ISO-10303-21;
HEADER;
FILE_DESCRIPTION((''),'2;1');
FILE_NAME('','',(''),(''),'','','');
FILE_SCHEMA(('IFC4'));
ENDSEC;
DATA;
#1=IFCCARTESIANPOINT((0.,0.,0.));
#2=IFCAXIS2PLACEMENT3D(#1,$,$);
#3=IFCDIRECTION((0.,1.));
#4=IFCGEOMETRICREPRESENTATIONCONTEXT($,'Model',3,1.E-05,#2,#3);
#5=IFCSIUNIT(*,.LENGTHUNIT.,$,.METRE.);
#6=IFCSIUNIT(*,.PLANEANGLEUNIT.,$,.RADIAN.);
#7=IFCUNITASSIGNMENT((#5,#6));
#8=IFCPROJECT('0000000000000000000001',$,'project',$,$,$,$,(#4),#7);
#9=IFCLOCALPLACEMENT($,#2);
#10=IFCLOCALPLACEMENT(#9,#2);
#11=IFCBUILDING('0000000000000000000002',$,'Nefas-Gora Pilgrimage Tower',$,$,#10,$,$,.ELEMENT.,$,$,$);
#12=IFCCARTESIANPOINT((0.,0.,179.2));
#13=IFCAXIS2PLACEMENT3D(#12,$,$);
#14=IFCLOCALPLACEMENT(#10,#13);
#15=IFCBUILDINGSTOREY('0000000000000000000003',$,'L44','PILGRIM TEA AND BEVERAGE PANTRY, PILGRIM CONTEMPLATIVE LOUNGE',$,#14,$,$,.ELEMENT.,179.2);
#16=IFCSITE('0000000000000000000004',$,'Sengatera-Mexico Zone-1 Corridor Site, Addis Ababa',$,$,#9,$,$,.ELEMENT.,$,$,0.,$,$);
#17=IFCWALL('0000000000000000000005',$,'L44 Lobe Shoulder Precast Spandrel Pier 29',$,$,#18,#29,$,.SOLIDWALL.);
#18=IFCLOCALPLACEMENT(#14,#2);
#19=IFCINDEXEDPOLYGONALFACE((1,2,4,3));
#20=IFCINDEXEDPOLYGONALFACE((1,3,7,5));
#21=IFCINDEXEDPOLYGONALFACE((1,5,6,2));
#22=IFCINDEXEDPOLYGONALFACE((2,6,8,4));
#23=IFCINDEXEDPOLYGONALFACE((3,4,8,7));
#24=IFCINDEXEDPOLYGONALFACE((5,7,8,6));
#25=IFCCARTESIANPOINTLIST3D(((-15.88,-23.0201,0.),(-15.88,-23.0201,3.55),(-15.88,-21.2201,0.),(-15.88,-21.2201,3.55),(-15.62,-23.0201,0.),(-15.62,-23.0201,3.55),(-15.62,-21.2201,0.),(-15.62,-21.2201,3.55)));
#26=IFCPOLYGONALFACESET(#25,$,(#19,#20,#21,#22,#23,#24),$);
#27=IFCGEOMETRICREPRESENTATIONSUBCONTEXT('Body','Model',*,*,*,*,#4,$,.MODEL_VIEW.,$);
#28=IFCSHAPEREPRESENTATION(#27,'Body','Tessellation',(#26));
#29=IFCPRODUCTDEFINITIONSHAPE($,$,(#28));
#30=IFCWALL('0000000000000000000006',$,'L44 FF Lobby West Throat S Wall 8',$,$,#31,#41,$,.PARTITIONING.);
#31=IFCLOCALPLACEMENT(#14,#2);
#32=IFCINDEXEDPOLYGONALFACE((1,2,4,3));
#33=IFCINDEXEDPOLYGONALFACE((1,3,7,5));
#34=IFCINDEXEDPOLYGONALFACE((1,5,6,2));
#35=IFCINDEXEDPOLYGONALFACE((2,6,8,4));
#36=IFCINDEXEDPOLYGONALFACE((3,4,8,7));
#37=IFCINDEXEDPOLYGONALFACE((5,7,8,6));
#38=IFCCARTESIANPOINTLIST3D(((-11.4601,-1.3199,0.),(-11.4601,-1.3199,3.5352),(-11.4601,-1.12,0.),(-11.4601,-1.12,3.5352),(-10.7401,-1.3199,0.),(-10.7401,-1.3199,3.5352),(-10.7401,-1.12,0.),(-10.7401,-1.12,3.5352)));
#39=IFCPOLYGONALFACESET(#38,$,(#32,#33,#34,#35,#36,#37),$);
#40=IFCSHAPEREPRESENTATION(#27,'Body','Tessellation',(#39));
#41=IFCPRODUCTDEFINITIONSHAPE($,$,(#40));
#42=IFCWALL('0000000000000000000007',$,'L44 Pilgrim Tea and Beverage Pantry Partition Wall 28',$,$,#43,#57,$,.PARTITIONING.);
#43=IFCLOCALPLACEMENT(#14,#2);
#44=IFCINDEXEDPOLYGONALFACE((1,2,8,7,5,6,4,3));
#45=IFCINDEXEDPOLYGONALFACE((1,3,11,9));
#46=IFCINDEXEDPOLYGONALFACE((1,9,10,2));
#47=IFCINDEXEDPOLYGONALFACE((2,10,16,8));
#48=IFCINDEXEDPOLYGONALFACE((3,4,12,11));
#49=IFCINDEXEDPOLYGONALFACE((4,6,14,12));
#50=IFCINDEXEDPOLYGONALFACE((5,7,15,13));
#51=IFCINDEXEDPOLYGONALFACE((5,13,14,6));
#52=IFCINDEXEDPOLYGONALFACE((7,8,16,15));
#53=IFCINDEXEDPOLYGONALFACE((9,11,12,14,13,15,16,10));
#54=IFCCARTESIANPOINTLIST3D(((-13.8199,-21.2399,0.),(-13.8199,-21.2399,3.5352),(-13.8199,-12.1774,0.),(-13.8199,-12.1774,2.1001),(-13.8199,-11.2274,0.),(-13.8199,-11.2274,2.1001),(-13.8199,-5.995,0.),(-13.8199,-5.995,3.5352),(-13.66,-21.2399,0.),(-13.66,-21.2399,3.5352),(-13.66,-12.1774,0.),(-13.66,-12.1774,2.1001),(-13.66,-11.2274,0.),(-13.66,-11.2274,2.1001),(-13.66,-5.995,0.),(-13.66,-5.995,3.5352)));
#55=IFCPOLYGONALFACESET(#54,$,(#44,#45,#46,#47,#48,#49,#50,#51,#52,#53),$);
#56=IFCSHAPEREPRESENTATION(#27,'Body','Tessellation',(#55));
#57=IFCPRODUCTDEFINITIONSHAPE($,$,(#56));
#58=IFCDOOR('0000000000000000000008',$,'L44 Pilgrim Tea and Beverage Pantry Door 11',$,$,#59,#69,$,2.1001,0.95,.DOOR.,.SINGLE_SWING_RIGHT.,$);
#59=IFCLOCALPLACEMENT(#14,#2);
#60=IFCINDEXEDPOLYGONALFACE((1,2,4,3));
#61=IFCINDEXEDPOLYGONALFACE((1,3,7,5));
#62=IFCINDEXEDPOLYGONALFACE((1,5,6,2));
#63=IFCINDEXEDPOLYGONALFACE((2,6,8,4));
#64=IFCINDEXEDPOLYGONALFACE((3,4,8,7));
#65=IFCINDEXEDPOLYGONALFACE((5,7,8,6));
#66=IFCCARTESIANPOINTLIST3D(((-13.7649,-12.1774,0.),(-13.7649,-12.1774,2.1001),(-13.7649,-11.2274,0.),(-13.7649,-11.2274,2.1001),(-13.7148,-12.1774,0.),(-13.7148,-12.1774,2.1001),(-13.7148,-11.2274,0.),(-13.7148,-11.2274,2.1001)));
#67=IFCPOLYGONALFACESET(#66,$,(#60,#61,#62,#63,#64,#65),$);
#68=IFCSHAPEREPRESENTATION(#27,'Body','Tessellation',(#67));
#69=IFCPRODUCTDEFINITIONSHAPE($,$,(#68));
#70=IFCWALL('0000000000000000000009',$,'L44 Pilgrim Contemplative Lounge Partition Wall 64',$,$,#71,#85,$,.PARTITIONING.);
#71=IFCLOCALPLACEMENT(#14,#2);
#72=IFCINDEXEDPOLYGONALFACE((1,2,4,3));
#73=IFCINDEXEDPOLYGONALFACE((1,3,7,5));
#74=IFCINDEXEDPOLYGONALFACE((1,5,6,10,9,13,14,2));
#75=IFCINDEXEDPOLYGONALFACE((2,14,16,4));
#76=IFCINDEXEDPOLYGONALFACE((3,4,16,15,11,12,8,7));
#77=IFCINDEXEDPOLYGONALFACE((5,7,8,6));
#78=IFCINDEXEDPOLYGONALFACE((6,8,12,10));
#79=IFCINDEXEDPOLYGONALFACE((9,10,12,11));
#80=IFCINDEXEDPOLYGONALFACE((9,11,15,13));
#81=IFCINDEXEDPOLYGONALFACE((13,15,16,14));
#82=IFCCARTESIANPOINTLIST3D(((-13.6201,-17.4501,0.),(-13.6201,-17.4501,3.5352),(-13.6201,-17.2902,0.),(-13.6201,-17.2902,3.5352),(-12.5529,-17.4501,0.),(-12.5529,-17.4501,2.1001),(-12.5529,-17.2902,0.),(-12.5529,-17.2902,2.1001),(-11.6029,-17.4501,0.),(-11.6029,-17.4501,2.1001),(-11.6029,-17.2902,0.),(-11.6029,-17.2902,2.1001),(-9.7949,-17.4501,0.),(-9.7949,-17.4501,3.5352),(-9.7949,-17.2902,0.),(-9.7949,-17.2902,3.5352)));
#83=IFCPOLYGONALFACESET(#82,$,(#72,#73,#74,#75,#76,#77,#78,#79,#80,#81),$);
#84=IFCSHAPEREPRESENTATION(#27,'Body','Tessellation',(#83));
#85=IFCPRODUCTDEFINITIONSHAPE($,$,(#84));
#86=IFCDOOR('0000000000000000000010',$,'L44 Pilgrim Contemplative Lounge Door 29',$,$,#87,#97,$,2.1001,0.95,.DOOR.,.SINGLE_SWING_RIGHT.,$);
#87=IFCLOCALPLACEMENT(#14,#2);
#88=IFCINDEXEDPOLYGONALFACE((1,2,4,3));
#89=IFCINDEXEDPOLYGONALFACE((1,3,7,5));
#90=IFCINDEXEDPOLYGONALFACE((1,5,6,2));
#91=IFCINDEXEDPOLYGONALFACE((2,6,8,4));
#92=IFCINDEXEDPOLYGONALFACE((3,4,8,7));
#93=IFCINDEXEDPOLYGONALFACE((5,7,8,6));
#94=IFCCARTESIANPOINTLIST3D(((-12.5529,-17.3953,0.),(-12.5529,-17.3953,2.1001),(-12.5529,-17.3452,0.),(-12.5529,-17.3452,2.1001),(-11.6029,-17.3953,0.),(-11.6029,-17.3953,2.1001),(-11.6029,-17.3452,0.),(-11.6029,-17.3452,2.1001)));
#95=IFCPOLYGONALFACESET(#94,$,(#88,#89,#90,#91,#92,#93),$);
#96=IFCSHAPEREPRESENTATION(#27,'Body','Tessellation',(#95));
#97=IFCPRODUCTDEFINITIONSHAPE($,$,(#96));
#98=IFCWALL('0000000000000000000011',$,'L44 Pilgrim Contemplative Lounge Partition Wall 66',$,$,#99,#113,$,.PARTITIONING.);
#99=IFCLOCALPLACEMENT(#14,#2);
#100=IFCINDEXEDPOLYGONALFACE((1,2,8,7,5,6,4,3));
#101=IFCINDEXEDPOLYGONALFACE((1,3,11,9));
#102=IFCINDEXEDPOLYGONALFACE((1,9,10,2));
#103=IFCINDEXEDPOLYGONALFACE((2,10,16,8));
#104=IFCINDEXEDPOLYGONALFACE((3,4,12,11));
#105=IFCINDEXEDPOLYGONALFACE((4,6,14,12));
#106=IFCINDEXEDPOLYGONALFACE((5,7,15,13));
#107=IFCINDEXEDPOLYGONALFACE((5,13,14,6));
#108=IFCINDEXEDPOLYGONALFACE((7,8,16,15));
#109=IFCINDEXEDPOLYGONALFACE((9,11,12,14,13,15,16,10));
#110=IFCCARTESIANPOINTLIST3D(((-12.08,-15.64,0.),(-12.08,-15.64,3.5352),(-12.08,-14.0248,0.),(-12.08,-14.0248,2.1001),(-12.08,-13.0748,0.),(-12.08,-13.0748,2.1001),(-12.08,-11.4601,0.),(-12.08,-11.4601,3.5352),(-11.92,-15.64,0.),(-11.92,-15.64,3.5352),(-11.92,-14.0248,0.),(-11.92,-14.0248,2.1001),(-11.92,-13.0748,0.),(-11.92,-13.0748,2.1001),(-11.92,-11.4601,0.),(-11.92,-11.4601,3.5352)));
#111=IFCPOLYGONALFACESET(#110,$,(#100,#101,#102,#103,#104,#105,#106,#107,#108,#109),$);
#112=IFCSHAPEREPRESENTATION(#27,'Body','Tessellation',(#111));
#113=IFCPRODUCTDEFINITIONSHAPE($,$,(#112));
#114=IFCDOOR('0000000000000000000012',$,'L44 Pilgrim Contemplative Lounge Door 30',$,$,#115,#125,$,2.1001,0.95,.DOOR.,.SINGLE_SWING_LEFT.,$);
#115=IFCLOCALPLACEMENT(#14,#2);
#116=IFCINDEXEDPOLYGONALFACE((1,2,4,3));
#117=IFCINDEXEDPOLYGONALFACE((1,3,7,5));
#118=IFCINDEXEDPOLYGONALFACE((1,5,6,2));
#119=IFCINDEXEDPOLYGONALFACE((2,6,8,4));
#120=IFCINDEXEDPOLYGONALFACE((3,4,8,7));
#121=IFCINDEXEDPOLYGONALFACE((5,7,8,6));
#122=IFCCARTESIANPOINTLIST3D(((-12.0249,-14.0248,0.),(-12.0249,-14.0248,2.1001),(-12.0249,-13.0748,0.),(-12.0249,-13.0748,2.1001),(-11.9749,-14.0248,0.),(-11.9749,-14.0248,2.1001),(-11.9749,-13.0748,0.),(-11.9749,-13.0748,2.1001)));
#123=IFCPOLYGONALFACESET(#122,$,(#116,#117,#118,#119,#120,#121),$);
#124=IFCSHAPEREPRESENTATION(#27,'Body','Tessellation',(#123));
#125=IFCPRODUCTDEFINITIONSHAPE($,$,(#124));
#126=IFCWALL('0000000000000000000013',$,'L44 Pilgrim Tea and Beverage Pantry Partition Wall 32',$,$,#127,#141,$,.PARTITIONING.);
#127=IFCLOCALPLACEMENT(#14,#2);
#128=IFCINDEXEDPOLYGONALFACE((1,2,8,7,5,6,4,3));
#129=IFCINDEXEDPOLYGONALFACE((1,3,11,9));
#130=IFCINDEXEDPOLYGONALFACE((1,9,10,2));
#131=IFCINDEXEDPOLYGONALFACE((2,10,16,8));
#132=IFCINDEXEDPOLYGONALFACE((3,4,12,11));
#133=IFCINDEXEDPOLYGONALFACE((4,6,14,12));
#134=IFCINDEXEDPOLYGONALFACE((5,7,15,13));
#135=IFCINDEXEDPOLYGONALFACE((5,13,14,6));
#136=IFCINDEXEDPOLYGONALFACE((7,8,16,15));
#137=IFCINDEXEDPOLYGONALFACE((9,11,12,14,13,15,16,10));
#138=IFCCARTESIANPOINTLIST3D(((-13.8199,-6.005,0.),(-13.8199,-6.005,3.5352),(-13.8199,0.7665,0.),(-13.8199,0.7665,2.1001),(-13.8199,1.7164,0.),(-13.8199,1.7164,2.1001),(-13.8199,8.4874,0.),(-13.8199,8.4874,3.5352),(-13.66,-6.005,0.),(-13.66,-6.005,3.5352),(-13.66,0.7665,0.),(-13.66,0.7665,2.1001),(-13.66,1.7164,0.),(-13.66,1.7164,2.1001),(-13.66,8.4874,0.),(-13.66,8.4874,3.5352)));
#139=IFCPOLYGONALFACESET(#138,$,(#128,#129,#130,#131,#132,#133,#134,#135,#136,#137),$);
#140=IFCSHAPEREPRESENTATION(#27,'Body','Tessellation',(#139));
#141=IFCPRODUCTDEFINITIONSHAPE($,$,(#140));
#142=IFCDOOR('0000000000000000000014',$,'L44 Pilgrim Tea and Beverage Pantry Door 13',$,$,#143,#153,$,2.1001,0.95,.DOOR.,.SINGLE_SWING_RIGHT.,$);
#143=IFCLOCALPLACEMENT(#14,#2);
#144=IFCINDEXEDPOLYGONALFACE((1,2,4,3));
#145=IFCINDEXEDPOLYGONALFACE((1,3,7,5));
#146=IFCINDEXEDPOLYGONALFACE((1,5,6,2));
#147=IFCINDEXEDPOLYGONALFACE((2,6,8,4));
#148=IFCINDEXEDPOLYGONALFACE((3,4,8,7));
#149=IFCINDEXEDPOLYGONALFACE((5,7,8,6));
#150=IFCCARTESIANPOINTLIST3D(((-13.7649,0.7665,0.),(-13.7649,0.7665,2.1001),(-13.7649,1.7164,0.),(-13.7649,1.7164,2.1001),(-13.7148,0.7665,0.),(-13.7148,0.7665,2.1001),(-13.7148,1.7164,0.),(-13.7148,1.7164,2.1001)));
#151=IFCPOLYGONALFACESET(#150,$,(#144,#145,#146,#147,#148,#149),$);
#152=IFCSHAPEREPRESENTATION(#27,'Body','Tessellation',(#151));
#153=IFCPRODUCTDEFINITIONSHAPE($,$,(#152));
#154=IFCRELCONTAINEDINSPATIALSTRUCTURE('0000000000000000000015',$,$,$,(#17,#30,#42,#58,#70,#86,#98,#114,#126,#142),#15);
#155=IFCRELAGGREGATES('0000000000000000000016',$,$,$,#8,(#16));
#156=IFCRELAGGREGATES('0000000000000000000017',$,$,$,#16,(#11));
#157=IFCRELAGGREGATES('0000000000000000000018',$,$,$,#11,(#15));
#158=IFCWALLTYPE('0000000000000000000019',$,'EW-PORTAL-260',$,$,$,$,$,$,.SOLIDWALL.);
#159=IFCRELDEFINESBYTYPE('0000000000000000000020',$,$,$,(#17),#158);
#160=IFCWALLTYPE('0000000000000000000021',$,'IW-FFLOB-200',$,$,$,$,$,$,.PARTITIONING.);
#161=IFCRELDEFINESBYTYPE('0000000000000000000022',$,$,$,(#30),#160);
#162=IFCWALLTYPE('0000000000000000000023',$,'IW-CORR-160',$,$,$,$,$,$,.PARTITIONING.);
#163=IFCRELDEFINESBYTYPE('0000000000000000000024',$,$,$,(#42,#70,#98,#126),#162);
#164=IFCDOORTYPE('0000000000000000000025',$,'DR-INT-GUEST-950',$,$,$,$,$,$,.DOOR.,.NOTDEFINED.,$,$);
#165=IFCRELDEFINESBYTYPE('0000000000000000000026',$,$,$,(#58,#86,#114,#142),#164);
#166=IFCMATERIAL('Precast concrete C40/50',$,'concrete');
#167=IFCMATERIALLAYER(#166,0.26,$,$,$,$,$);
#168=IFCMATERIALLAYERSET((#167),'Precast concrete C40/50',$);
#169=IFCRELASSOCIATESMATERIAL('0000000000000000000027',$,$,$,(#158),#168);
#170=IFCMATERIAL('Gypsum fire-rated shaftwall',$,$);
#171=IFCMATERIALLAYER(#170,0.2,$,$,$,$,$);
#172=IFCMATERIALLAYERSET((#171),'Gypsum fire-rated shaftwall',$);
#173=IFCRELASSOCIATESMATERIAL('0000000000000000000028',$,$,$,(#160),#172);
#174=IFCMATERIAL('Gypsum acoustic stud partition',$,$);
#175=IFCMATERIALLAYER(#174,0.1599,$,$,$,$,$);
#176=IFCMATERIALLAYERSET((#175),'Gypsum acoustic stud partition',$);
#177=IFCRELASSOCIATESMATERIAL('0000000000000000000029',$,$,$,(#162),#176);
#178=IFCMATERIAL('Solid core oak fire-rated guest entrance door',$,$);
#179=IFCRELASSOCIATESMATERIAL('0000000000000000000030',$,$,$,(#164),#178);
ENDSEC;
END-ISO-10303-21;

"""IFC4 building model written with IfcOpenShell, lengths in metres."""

from ifc_helpers import new_model, si_unit, direction, frame, frame_2d, origin, place, context, subcontext, project, spatial, rectangle, extrude, source, transform, mapped, material, layer, layer_set, type_object, element, fill, save


model = new_model("IFC4")

# Units and contexts
model_context = context("Model", 3, precision=1e-05, world=origin(), true_north=direction((0.0, 1.0)))
body_context = subcontext(model_context, "Body", "Model", "MODEL_VIEW")
ifc_project = project(units=[si_unit("LENGTHUNIT", "METRE"), si_unit("PLANEANGLEUNIT", "RADIAN")], contexts=[model_context])

# Site, building, storey
site_placement = place(None, origin())
site = spatial("IfcSite", under=ifc_project, at=site_placement, Name="Sengatera-Mexico Zone-1 Corridor Site, Addis Ababa", CompositionType="ELEMENT", RefElevation=0.0)
building_placement = place(site_placement, origin())
building = spatial("IfcBuilding", under=site, at=building_placement, Name="Nefas-Gora Pilgrimage Tower", CompositionType="ELEMENT")
storey_placement = place(building_placement, frame((0.0, 0.0, 179.2)))
storey = spatial("IfcBuildingStorey", under=building, at=storey_placement, Name="L44", Description="PILGRIM TEA AND BEVERAGE PANTRY, PILGRIM CONTEMPLATIVE LOUNGE", CompositionType="ELEMENT", Elevation=179.2)

# Wall
ifc_material_1 = material(Name="Precast concrete C40/50", Category="concrete")
ifc_layer_1 = layer(ifc_material_1, 0.26)
ifc_layer_set_1 = layer_set([ifc_layer_1], Name="Precast concrete C40/50")
wall_type_1 = type_object("IfcWallType", Name="EW-PORTAL-260", PredefinedType="SOLIDWALL", material=ifc_layer_set_1)
shared_shape_1 = source(origin(), body_context, "Body", "SweptSolid", [
    extrude(rectangle(XDim=1.8, YDim=0.26, at=frame_2d((0.8999, 0.0))), origin(), (0.0, 0.0, 1.0), 3.55),
])
wall_1_placement = place(storey_placement, frame((-15.75, -23.02, 0.0), z_axis=(0.0, 0.0, 1.0), x_axis=(0.0, 1.0, 0.0)))
element("IfcWall", 1, at=wall_1_placement, inside=storey, type_object=wall_type_1, Name="L44 Lobe Shoulder Precast Spandrel Pier 29", PredefinedType="SOLIDWALL", context=body_context, shape_type="MappedRepresentation", body=[
    mapped(shared_shape_1, transform((0.0, 0.0, 0.0), x_axis=(1.0, 0.0, 0.0), y_axis=(0.0, 1.0, 0.0), z_axis=(0.0, 0.0, 1.0), scale=1.0)),
])

# Shared definitions
ifc_material_2 = material(Name="Gypsum fire-rated shaftwall")
ifc_layer_2 = layer(ifc_material_2, 0.2)
ifc_layer_set_2 = layer_set([ifc_layer_2], Name="Gypsum fire-rated shaftwall")
wall_type_2 = type_object("IfcWallType", Name="IW-FFLOB-200", PredefinedType="PARTITIONING", material=ifc_layer_set_2)

# Wall
shared_shape_2 = source(origin(), body_context, "Body", "SweptSolid", [
    extrude(rectangle(XDim=0.72, YDim=0.2, at=frame_2d((0.3599, 0.0))), origin(), (0.0, 0.0, 1.0), 3.5352),
])
wall_2_placement = place(storey_placement, frame((-11.46, -1.22, 0.0), z_axis=(0.0, 0.0, 1.0), x_axis=(1.0, 0.0, 0.0)))
element("IfcWall", 2, at=wall_2_placement, inside=storey, type_object=wall_type_2, Name="L44 FF Lobby West Throat S Wall 8", PredefinedType="PARTITIONING", context=body_context, shape_type="MappedRepresentation", body=[
    mapped(shared_shape_2, transform((0.0, 0.0, 0.0), x_axis=(1.0, 0.0, 0.0), y_axis=(0.0, 1.0, 0.0), z_axis=(0.0, 0.0, 1.0), scale=1.0)),
])

# Walls, openings, doors
ifc_material_3 = material(Name="Gypsum acoustic stud partition")
ifc_layer_3 = layer(ifc_material_3, 0.1599)
ifc_layer_set_3 = layer_set([ifc_layer_3], Name="Gypsum acoustic stud partition")
wall_type_3 = type_object("IfcWallType", Name="IW-CORR-160", PredefinedType="PARTITIONING", material=ifc_layer_set_3)
shared_shape_3 = source(origin(), body_context, "Body", "SweptSolid", [
    extrude(rectangle(XDim=15.2449, YDim=0.1599, at=frame_2d((7.6226, 0.0))), origin(), (0.0, 0.0, 1.0), 3.5352),
])
wall_3_placement = place(storey_placement, frame((-13.74, -21.24, 0.0), z_axis=(0.0, 0.0, 1.0), x_axis=(0.0, 1.0, 0.0)))
wall_3 = element("IfcWall", 3, at=wall_3_placement, inside=storey, type_object=wall_type_3, Name="L44 Pilgrim Tea and Beverage Pantry Partition Wall 28", PredefinedType="PARTITIONING", context=body_context, shape_type="MappedRepresentation", body=[
    mapped(shared_shape_3, transform((0.0, 0.0, 0.0), x_axis=(1.0, 0.0, 0.0), y_axis=(0.0, 1.0, 0.0), z_axis=(0.0, 0.0, 1.0), scale=1.0)),
])
opening_1_placement = place(wall_3_placement, frame((9.0625, 0.0, 0.0)))
opening_1 = element("IfcOpeningElement", 4, at=opening_1_placement, cuts=wall_3, PredefinedType="OPENING", context=body_context, shape_type="SweptSolid", body=[
    extrude(rectangle(XDim=0.95, YDim=2.1001, at=frame_2d((0.4751, 1.05))), frame((0.0, 0.0898, 0.0), z_axis=(0.0, -1.0, 0.0), x_axis=(1.0, 0.0, 0.0)), (0.0, 0.0, 1.0), 0.1799),
])
ifc_material_4 = material(Name="Solid core oak fire-rated guest entrance door")
door_type_1 = type_object("IfcDoorType", Name="DR-INT-GUEST-950", OperationType="NOTDEFINED", PredefinedType="DOOR", material=ifc_material_4)
shared_shape_4 = source(origin(), body_context, "Body", "SweptSolid", [
    extrude(rectangle(XDim=0.95, YDim=2.1001, at=frame_2d((0.4751, 1.05))), frame((0.0, 0.0249, 0.0), z_axis=(0.0, -1.0, 0.0), x_axis=(1.0, 0.0, 0.0)), (0.0, 0.0, 1.0), 0.05),
])
door_1_placement = place(opening_1_placement, origin())
door_1 = element("IfcDoor", 5, at=door_1_placement, inside=storey, type_object=door_type_1, Name="L44 Pilgrim Tea and Beverage Pantry Door 11", OperationType="SINGLE_SWING_RIGHT", OverallHeight=2.1001, OverallWidth=0.95, PredefinedType="DOOR", context=body_context, shape_type="MappedRepresentation", body=[
    mapped(shared_shape_4, transform((0.0, 0.0, 0.0), x_axis=(1.0, 0.0, 0.0), y_axis=(0.0, 1.0, 0.0), z_axis=(0.0, 0.0, 1.0), scale=1.0)),
])
fill(opening_1, door_1)
shared_shape_5 = source(origin(), body_context, "Body", "SweptSolid", [
    extrude(rectangle(XDim=3.8252, YDim=0.1599, at=frame_2d((1.9126, 0.0))), origin(), (0.0, 0.0, 1.0), 3.5352),
])
wall_4_placement = place(storey_placement, frame((-13.6201, -17.3701, 0.0), z_axis=(0.0, 0.0, 1.0), x_axis=(1.0, 0.0, 0.0)))
wall_4 = element("IfcWall", 6, at=wall_4_placement, inside=storey, type_object=wall_type_3, Name="L44 Pilgrim Contemplative Lounge Partition Wall 64", PredefinedType="PARTITIONING", context=body_context, shape_type="MappedRepresentation", body=[
    mapped(shared_shape_5, transform((0.0, 0.0, 0.0), x_axis=(1.0, 0.0, 0.0), y_axis=(0.0, 1.0, 0.0), z_axis=(0.0, 0.0, 1.0), scale=1.0)),
])
opening_2_placement = place(wall_4_placement, frame((1.0671, 0.0, 0.0)))
opening_2 = element("IfcOpeningElement", 7, at=opening_2_placement, cuts=wall_4, PredefinedType="OPENING", context=body_context, shape_type="SweptSolid", body=[
    extrude(rectangle(XDim=0.95, YDim=2.1001, at=frame_2d((0.4751, 1.05))), frame((0.0, 0.0898, 0.0), z_axis=(0.0, -1.0, 0.0), x_axis=(1.0, 0.0, 0.0)), (0.0, 0.0, 1.0), 0.1799),
])
door_2_placement = place(opening_2_placement, origin())
door_2 = element("IfcDoor", 8, at=door_2_placement, inside=storey, type_object=door_type_1, Name="L44 Pilgrim Contemplative Lounge Door 29", OperationType="SINGLE_SWING_RIGHT", OverallHeight=2.1001, OverallWidth=0.95, PredefinedType="DOOR", context=body_context, shape_type="MappedRepresentation", body=[
    mapped(shared_shape_4, transform((0.0, 0.0, 0.0), x_axis=(1.0, 0.0, 0.0), y_axis=(0.0, 1.0, 0.0), z_axis=(0.0, 0.0, 1.0), scale=1.0)),
])
fill(opening_2, door_2)
shared_shape_6 = source(origin(), body_context, "Body", "SweptSolid", [
    extrude(rectangle(XDim=4.1799, YDim=0.1599, at=frame_2d((2.0898, 0.0))), origin(), (0.0, 0.0, 1.0), 3.5352),
])
wall_5_placement = place(storey_placement, frame((-12.0, -15.6399, 0.0), z_axis=(0.0, 0.0, 1.0), x_axis=(0.0, 1.0, 0.0)))
wall_5 = element("IfcWall", 9, at=wall_5_placement, inside=storey, type_object=wall_type_3, Name="L44 Pilgrim Contemplative Lounge Partition Wall 66", PredefinedType="PARTITIONING", context=body_context, shape_type="MappedRepresentation", body=[
    mapped(shared_shape_6, transform((0.0, 0.0, 0.0), x_axis=(1.0, 0.0, 0.0), y_axis=(0.0, 1.0, 0.0), z_axis=(0.0, 0.0, 1.0), scale=1.0)),
])
opening_3_placement = place(wall_5_placement, frame((1.615, 0.0, 0.0)))
opening_3 = element("IfcOpeningElement", 10, at=opening_3_placement, cuts=wall_5, PredefinedType="OPENING", context=body_context, shape_type="SweptSolid", body=[
    extrude(rectangle(XDim=0.95, YDim=2.1001, at=frame_2d((0.4751, 1.05))), frame((0.0, 0.0898, 0.0), z_axis=(0.0, -1.0, 0.0), x_axis=(1.0, 0.0, 0.0)), (0.0, 0.0, 1.0), 0.1799),
])
door_3_placement = place(opening_3_placement, origin())
door_3 = element("IfcDoor", 11, at=door_3_placement, inside=storey, type_object=door_type_1, Name="L44 Pilgrim Contemplative Lounge Door 30", OperationType="SINGLE_SWING_LEFT", OverallHeight=2.1001, OverallWidth=0.95, PredefinedType="DOOR", context=body_context, shape_type="MappedRepresentation", body=[
    mapped(shared_shape_4, transform((0.0, 0.0, 0.0), x_axis=(1.0, 0.0, 0.0), y_axis=(0.0, 1.0, 0.0), z_axis=(0.0, 0.0, 1.0), scale=1.0)),
])
fill(opening_3, door_3)
shared_shape_7 = source(origin(), body_context, "Body", "SweptSolid", [
    extrude(rectangle(XDim=14.4924, YDim=0.1599, at=frame_2d((7.2461, 0.0))), origin(), (0.0, 0.0, 1.0), 3.5352),
])
wall_6_placement = place(storey_placement, frame((-13.74, -6.0049, 0.0), z_axis=(0.0, 0.0, 1.0), x_axis=(0.0, 1.0, 0.0)))
wall_6 = element("IfcWall", 12, at=wall_6_placement, inside=storey, type_object=wall_type_3, Name="L44 Pilgrim Tea and Beverage Pantry Partition Wall 32", PredefinedType="PARTITIONING", context=body_context, shape_type="MappedRepresentation", body=[
    mapped(shared_shape_7, transform((0.0, 0.0, 0.0), x_axis=(1.0, 0.0, 0.0), y_axis=(0.0, 1.0, 0.0), z_axis=(0.0, 0.0, 1.0), scale=1.0)),
])
opening_4_placement = place(wall_6_placement, frame((6.7712, 0.0, 0.0)))
opening_4 = element("IfcOpeningElement", 13, at=opening_4_placement, cuts=wall_6, PredefinedType="OPENING", context=body_context, shape_type="SweptSolid", body=[
    extrude(rectangle(XDim=0.95, YDim=2.1001, at=frame_2d((0.4751, 1.05))), frame((0.0, 0.0898, 0.0), z_axis=(0.0, -1.0, 0.0), x_axis=(1.0, 0.0, 0.0)), (0.0, 0.0, 1.0), 0.1799),
])
door_4_placement = place(opening_4_placement, origin())
door_4 = element("IfcDoor", 14, at=door_4_placement, inside=storey, type_object=door_type_1, Name="L44 Pilgrim Tea and Beverage Pantry Door 13", OperationType="SINGLE_SWING_RIGHT", OverallHeight=2.1001, OverallWidth=0.95, PredefinedType="DOOR", context=body_context, shape_type="MappedRepresentation", body=[
    mapped(shared_shape_4, transform((0.0, 0.0, 0.0), x_axis=(1.0, 0.0, 0.0), y_axis=(0.0, 1.0, 0.0), z_axis=(0.0, 0.0, 1.0), scale=1.0)),
])
fill(opening_4, door_4)

save(model, "model.ifc")
